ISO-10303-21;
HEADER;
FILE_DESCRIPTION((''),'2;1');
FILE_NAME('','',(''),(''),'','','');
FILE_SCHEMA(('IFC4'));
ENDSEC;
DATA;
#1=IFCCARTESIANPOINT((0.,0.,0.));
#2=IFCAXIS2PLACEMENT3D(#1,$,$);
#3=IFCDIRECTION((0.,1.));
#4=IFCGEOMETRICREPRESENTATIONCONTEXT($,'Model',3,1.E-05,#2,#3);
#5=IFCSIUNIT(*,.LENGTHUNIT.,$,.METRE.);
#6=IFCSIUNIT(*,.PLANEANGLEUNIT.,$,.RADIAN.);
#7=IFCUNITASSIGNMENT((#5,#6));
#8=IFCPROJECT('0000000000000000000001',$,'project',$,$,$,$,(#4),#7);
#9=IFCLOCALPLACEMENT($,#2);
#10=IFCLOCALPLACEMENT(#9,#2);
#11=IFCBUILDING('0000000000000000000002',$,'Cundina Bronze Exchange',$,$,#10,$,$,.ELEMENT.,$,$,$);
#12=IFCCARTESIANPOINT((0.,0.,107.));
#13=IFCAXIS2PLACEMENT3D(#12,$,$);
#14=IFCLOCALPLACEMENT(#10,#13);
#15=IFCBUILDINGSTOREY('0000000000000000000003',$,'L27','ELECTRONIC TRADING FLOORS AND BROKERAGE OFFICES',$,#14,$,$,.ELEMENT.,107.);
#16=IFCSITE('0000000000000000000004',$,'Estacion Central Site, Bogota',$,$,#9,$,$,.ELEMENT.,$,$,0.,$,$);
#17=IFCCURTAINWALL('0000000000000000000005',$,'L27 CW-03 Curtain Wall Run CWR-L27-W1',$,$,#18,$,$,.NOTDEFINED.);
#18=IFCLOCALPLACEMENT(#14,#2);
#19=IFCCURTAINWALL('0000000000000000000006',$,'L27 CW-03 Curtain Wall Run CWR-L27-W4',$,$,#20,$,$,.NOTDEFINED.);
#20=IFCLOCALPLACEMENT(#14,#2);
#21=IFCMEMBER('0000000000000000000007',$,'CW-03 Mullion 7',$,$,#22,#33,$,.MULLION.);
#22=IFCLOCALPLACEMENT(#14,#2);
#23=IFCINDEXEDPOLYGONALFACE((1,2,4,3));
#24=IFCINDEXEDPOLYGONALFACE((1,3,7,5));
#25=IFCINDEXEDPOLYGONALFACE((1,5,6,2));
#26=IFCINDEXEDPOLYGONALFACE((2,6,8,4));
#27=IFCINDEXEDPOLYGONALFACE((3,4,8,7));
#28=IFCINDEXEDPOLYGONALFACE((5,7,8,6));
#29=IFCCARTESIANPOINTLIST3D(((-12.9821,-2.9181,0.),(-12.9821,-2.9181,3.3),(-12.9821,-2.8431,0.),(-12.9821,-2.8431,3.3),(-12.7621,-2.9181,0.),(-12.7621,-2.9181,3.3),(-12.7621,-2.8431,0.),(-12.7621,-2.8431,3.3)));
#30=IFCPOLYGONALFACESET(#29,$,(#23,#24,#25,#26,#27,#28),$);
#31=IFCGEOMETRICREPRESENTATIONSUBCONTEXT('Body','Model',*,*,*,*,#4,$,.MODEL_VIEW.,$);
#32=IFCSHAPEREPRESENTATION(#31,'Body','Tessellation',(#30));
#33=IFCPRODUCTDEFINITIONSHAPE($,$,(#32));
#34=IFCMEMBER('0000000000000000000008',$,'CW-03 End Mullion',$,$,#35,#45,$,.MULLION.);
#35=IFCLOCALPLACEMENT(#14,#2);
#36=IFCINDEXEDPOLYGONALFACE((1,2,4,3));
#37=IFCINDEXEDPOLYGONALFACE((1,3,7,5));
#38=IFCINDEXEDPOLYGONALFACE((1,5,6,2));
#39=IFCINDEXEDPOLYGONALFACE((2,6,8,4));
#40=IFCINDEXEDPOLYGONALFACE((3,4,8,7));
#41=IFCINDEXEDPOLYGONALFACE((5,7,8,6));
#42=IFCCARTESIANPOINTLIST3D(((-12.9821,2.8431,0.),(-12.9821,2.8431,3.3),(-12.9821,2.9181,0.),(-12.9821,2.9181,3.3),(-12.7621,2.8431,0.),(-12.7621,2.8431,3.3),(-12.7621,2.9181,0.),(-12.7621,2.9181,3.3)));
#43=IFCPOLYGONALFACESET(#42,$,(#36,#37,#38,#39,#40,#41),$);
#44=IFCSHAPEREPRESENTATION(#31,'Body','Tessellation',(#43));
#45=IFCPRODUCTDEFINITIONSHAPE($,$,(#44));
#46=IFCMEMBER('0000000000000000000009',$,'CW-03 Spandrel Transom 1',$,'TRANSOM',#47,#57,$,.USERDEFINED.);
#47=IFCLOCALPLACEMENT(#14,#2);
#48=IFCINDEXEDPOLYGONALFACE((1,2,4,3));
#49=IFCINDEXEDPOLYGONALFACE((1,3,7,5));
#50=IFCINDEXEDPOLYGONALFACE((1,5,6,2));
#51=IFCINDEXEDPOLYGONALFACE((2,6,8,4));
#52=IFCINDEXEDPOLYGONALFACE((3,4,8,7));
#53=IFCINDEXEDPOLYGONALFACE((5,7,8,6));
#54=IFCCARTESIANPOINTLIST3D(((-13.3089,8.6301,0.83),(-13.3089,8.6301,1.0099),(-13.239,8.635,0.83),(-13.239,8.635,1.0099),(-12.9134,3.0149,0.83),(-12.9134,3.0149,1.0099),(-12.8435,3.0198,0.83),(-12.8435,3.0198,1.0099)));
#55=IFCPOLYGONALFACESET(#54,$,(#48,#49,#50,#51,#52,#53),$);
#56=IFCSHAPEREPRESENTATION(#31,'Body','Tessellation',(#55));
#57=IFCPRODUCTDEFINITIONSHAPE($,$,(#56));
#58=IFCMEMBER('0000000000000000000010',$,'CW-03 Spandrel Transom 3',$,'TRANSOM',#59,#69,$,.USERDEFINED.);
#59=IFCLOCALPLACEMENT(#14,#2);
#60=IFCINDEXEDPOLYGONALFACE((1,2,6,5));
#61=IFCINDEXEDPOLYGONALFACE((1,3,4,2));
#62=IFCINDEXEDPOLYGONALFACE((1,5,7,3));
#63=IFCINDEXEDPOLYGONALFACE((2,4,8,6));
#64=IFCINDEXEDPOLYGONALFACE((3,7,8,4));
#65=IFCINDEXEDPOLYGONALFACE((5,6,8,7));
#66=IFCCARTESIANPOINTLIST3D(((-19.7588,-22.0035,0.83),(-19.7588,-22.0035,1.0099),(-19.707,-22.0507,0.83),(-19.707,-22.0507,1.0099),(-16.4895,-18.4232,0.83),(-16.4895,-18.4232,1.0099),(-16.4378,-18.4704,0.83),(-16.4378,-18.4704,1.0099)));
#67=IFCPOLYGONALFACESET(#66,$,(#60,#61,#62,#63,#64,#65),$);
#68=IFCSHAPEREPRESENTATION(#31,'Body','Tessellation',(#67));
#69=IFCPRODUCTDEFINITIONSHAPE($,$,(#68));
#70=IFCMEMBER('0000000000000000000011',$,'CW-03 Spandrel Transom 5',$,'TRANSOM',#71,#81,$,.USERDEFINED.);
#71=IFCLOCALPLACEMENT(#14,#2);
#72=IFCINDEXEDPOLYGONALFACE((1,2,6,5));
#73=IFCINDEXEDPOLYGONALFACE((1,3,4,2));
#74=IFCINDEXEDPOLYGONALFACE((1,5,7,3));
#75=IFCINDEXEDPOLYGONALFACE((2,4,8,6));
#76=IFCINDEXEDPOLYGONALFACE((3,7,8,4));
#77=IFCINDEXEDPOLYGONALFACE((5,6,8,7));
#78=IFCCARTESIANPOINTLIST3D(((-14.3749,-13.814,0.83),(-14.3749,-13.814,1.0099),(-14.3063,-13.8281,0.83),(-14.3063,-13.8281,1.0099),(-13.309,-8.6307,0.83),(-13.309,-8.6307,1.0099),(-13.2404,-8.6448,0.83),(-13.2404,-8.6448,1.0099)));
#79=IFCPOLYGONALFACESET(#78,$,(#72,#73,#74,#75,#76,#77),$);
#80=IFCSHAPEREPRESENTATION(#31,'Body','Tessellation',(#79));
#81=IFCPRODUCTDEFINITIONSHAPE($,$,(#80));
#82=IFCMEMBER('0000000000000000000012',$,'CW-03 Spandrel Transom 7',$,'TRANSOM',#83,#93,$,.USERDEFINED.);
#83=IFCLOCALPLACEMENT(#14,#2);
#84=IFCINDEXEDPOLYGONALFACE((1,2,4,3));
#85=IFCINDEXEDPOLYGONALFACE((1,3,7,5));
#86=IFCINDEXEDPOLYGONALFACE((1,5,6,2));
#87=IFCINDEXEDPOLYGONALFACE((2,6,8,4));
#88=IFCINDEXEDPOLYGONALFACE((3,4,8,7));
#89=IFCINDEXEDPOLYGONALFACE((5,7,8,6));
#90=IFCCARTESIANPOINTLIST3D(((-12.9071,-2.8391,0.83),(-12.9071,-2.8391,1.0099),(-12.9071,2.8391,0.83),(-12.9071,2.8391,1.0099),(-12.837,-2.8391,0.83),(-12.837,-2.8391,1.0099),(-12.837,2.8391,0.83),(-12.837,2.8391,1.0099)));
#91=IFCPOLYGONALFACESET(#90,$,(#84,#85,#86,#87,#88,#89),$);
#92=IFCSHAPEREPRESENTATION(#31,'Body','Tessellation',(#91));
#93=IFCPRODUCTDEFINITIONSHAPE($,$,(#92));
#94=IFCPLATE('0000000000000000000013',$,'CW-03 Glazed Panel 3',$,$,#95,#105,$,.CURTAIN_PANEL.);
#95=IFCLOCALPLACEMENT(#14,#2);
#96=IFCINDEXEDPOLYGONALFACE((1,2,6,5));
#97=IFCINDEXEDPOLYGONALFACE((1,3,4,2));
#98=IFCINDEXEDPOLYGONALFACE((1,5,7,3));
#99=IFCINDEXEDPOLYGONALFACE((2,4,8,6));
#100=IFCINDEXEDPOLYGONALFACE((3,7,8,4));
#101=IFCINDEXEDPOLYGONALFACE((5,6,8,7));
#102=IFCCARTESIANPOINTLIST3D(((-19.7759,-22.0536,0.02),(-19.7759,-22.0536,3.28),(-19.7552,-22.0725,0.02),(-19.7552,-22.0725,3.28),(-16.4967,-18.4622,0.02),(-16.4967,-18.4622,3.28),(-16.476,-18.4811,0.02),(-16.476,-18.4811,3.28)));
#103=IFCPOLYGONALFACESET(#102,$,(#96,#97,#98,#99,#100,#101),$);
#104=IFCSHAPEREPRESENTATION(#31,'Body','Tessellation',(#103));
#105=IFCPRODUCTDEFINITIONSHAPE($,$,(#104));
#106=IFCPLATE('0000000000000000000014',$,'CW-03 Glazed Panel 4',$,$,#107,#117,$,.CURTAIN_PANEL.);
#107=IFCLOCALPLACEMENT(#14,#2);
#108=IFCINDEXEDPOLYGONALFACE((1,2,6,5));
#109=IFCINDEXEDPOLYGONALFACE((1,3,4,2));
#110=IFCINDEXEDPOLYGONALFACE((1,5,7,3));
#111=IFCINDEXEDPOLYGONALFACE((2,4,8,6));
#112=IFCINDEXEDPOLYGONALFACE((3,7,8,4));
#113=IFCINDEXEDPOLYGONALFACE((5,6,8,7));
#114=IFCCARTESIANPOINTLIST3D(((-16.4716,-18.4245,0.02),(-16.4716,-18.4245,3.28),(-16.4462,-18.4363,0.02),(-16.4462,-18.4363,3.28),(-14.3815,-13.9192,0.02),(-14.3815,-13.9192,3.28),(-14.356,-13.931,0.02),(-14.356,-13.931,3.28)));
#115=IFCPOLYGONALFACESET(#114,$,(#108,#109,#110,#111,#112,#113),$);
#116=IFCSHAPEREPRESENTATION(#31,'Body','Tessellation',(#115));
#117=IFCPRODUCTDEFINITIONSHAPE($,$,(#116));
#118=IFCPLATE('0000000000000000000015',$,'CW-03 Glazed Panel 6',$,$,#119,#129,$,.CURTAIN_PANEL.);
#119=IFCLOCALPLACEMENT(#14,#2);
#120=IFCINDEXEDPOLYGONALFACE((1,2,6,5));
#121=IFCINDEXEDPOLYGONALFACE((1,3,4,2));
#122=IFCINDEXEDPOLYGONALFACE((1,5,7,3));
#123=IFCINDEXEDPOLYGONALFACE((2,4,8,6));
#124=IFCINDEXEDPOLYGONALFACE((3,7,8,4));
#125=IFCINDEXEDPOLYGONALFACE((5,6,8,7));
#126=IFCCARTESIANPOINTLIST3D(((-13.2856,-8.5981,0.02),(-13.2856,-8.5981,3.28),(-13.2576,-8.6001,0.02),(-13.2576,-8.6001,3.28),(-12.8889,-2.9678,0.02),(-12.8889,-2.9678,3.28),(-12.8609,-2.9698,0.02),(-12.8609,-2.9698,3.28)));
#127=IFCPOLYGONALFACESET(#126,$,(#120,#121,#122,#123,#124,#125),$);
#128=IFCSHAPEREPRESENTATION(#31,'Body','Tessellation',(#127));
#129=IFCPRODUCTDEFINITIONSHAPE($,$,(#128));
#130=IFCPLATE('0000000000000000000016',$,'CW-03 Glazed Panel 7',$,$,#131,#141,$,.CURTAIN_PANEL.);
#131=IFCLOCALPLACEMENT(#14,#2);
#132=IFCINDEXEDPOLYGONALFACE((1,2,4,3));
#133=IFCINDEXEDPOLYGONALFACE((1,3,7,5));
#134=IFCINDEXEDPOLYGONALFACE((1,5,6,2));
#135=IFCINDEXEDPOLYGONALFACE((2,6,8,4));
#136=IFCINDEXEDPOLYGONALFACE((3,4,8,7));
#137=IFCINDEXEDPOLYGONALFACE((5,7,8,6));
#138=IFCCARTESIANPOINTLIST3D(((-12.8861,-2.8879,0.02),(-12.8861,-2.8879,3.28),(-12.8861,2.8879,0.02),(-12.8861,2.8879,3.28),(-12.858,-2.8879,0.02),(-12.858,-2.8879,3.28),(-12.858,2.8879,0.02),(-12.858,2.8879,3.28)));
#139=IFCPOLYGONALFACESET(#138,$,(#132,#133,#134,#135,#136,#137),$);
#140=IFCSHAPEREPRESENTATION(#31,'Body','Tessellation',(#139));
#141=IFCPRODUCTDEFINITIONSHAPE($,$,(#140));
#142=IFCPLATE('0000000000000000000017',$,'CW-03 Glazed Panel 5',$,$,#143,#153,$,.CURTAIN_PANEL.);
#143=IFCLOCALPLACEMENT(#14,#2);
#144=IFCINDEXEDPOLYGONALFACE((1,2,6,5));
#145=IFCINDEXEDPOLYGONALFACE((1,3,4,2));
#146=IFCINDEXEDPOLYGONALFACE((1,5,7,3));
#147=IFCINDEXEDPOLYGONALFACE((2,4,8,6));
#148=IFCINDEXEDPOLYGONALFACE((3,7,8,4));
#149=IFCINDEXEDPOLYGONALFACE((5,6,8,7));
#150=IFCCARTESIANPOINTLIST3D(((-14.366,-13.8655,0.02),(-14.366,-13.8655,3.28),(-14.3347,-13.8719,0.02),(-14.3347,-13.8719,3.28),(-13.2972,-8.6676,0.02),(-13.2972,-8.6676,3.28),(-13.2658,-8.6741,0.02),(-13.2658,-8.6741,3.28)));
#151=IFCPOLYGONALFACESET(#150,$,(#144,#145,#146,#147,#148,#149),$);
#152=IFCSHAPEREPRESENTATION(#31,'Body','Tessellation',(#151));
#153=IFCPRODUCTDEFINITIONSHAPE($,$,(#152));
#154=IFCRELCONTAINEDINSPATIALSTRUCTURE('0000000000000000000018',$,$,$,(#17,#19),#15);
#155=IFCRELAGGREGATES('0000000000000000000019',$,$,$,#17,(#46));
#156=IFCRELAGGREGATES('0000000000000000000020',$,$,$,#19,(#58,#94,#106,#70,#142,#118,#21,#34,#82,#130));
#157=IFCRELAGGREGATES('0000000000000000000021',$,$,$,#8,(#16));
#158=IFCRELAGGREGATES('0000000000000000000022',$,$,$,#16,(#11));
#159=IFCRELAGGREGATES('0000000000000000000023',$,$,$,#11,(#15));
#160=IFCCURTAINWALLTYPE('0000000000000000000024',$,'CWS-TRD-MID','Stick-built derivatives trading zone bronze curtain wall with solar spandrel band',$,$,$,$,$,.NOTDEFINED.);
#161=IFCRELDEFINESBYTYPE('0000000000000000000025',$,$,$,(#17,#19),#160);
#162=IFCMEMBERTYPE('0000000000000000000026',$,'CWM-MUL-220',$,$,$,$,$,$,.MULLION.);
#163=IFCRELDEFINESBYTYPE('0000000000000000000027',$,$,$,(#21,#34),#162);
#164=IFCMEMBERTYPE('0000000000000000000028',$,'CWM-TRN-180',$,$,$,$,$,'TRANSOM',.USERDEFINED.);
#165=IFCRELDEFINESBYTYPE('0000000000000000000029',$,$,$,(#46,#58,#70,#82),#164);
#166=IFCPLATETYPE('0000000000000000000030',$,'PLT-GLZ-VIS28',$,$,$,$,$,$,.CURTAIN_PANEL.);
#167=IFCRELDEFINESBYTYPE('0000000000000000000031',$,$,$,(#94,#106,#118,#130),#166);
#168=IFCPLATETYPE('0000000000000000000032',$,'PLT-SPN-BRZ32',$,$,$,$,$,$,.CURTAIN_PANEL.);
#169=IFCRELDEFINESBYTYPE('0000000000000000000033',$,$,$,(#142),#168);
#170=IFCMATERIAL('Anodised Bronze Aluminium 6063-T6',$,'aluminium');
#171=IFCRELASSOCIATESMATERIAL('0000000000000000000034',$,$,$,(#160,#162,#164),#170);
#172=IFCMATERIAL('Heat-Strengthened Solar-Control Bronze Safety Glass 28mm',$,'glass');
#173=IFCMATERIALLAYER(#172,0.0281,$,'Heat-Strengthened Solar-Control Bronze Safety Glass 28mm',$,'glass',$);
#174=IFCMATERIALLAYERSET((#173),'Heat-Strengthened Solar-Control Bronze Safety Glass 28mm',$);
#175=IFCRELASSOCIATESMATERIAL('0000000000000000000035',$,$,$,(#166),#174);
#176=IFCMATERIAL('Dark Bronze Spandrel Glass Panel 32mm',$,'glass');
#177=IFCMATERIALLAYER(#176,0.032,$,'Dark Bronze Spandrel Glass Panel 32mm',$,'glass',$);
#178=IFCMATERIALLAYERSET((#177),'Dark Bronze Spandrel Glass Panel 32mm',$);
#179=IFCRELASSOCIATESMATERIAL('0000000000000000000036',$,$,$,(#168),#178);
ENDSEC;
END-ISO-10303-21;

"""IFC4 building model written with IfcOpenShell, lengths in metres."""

from ifc_helpers import new_model, si_unit, direction, frame, origin, origin_2d, place, context, subcontext, project, spatial, rectangle, extrude, material, layer, layer_set, material_profile, profile_set, type_object, element, aggregate, save


model = new_model("IFC4")

# Units and contexts
model_context = context("Model", 3, precision=1e-05, world=origin(), true_north=direction((0.0, 1.0)))
body_context = subcontext(model_context, "Body", "Model", "MODEL_VIEW")
ifc_project = project(units=[si_unit("LENGTHUNIT", "METRE"), si_unit("PLANEANGLEUNIT", "RADIAN")], contexts=[model_context])

# Site, building, storey
site_placement = place(None, origin())
site = spatial("IfcSite", under=ifc_project, at=site_placement, Name="Estacion Central Site, Bogota", CompositionType="ELEMENT", RefElevation=0.0)
building_placement = place(site_placement, origin())
building = spatial("IfcBuilding", under=site, at=building_placement, Name="Cundina Bronze Exchange", CompositionType="ELEMENT")
storey_placement = place(building_placement, frame((0.0, 0.0, 107.0)))
storey = spatial("IfcBuildingStorey", under=building, at=storey_placement, Name="L27", Description="ELECTRONIC TRADING FLOORS AND BROKERAGE OFFICES", CompositionType="ELEMENT", Elevation=107.0)

# Curtain wall
ifc_material_1 = material(Name="Anodised Bronze Aluminium 6063-T6", Category="aluminium")
curtain_wall_type = type_object("IfcCurtainWallType", Name="CWS-TRD-MID", Description="Stick-built derivatives trading zone bronze curtain wall with solar spandrel band", PredefinedType="NOTDEFINED", material=ifc_material_1)
curtain_wall_1_placement = place(storey_placement, origin())
curtain_wall_1 = element("IfcCurtainWall", 1, at=curtain_wall_1_placement, inside=storey, type_object=curtain_wall_type, Name="L27 CW-03 Curtain Wall Run CWR-L27-W1", PredefinedType="NOTDEFINED")
ifc_material_profile_1 = material_profile(ifc_material_1, rectangle(XDim=0.075, YDim=0.22, at=origin_2d()), Name="AL75X220", Category="aluminium")
ifc_profile_set_1 = profile_set([ifc_material_profile_1], Name="Anodised Bronze Aluminium 6063-T6")
member_type_1 = type_object("IfcMemberType", Name="CWM-MUL-220", PredefinedType="MULLION", material=ifc_profile_set_1)

# Curtain wall, members
curtain_wall_2_placement = place(storey_placement, origin())
curtain_wall_2 = element("IfcCurtainWall", 2, at=curtain_wall_2_placement, inside=storey, type_object=curtain_wall_type, Name="L27 CW-03 Curtain Wall Run CWR-L27-W4", PredefinedType="NOTDEFINED")
member_1_placement = place(storey_placement, frame((-12.8721, -2.8806, 0.0), z_axis=(0.0, 0.0, 1.0), x_axis=(0.0, 1.0, 0.0)))
member_1 = element("IfcMember", 3, at=member_1_placement, type_object=member_type_1, Name="CW-03 Mullion 7", PredefinedType="MULLION", context=body_context, shape_type="SweptSolid", body=[
    extrude(rectangle(XDim=0.075, YDim=0.22, at=origin_2d()), origin(), (0.0, 0.0, 1.0), 3.3),
])
member_2_placement = place(storey_placement, frame((-12.8721, 2.8806, 0.0), z_axis=(0.0, 0.0, 1.0), x_axis=(0.0, 1.0, 0.0)))
member_2 = element("IfcMember", 4, at=member_2_placement, type_object=member_type_1, Name="CW-03 End Mullion", PredefinedType="MULLION", context=body_context, shape_type="SweptSolid", body=[
    extrude(rectangle(XDim=0.075, YDim=0.22, at=origin_2d()), origin(), (0.0, 0.0, 1.0), 3.3),
])

# Members
ifc_material_profile_2 = material_profile(ifc_material_1, rectangle(XDim=0.0701, YDim=0.1799, at=origin_2d()), Name="AL70X180", Category="aluminium")
ifc_profile_set_2 = profile_set([ifc_material_profile_2], Name="Anodised Bronze Aluminium 6063-T6")
member_type_2 = type_object("IfcMemberType", Name="CWM-TRN-180", ElementType="TRANSOM", PredefinedType="USERDEFINED", material=ifc_profile_set_2)
member_3_placement = place(storey_placement, frame((-12.8784, 3.0173, 0.9199), z_axis=(-0.070261, 0.997529, 0.0), x_axis=(-0.997529, -0.070261, 0.0)))
member_3 = element("IfcMember", 5, at=member_3_placement, type_object=member_type_2, Name="CW-03 Spandrel Transom 1", ObjectType="TRANSOM", PredefinedType="USERDEFINED", context=body_context, shape_type="SweptSolid", body=[
    extrude(rectangle(XDim=0.0701, YDim=0.1799, at=origin_2d()), origin(), (0.0, 0.0, 1.0), 5.6292),
])
aggregate(curtain_wall_1, [member_3])
member_4_placement = place(storey_placement, frame((-19.7329, -22.0271, 0.9199), z_axis=(0.674303, 0.738455, 0.0), x_axis=(-0.738455, 0.674303, 0.0)))
member_4 = element("IfcMember", 6, at=member_4_placement, type_object=member_type_2, Name="CW-03 Spandrel Transom 3", ObjectType="TRANSOM", PredefinedType="USERDEFINED", context=body_context, shape_type="SweptSolid", body=[
    extrude(rectangle(XDim=0.0701, YDim=0.1799, at=origin_2d()), origin(), (0.0, 0.0, 1.0), 4.8484),
])
member_5_placement = place(storey_placement, frame((-14.3406, -13.821, 0.9199), z_axis=(0.201428, 0.979503, 0.0), x_axis=(-0.979503, 0.201428, 0.0)))
member_5 = element("IfcMember", 7, at=member_5_placement, type_object=member_type_2, Name="CW-03 Spandrel Transom 5", ObjectType="TRANSOM", PredefinedType="USERDEFINED", context=body_context, shape_type="SweptSolid", body=[
    extrude(rectangle(XDim=0.0701, YDim=0.1799, at=origin_2d()), origin(), (0.0, 0.0, 1.0), 5.2917),
])
member_6_placement = place(storey_placement, frame((-12.8721, -2.8391, 0.9199), z_axis=(0.0, 1.0, 0.0), x_axis=(-1.0, 0.0, 0.0)))
member_6 = element("IfcMember", 8, at=member_6_placement, type_object=member_type_2, Name="CW-03 Spandrel Transom 7", ObjectType="TRANSOM", PredefinedType="USERDEFINED", context=body_context, shape_type="SweptSolid", body=[
    extrude(rectangle(XDim=0.0701, YDim=0.1799, at=origin_2d()), origin(), (0.0, 0.0, 1.0), 5.6782),
])

# Plates
ifc_material_2 = material(Name="Heat-Strengthened Solar-Control Bronze Safety Glass 28mm", Category="glass")
ifc_layer_1 = layer(ifc_material_2, 0.0281, Name="Heat-Strengthened Solar-Control Bronze Safety Glass 28mm", Category="glass")
ifc_layer_set_1 = layer_set([ifc_layer_1], Name="Heat-Strengthened Solar-Control Bronze Safety Glass 28mm")
plate_type_1 = type_object("IfcPlateType", Name="PLT-GLZ-VIS28", PredefinedType="CURTAIN_PANEL", material=ifc_layer_set_1)
plate_1_placement = place(storey_placement, frame((-18.126, -20.2673, 0.02), z_axis=(0.0, 0.0, 1.0), x_axis=(0.674277, 0.738479, 0.0)))
plate_1 = element("IfcPlate", 9, at=plate_1_placement, type_object=plate_type_1, Name="CW-03 Glazed Panel 3", PredefinedType="CURTAIN_PANEL", context=body_context, shape_type="SweptSolid", body=[
    extrude(rectangle(XDim=4.8633, YDim=0.0281, at=origin_2d()), origin(), (0.0, 0.0, 1.0), 3.26),
])
plate_2_placement = place(storey_placement, frame((-15.4138, -16.1777, 0.02), z_axis=(0.0, 0.0, 1.0), x_axis=(0.420846, 0.907132, 0.0)))
plate_2 = element("IfcPlate", 10, at=plate_2_placement, type_object=plate_type_1, Name="CW-03 Glazed Panel 4", PredefinedType="CURTAIN_PANEL", context=body_context, shape_type="SweptSolid", body=[
    extrude(rectangle(XDim=4.9666, YDim=0.0281, at=origin_2d()), origin(), (0.0, 0.0, 1.0), 3.26),
])
plate_3_placement = place(storey_placement, frame((-13.0732, -5.7839, 0.02), z_axis=(0.0, 0.0, 1.0), x_axis=(0.070279, 0.997527, 0.0)))
plate_3 = element("IfcPlate", 11, at=plate_3_placement, type_object=plate_type_1, Name="CW-03 Glazed Panel 6", PredefinedType="CURTAIN_PANEL", context=body_context, shape_type="SweptSolid", body=[
    extrude(rectangle(XDim=5.6443, YDim=0.0281, at=origin_2d()), origin(), (0.0, 0.0, 1.0), 3.26),
])
plate_4_placement = place(storey_placement, frame((-12.8721, 0.0, 0.02), z_axis=(0.0, 0.0, 1.0), x_axis=(0.0, 1.0, 0.0)))
plate_4 = element("IfcPlate", 12, at=plate_4_placement, type_object=plate_type_1, Name="CW-03 Glazed Panel 7", PredefinedType="CURTAIN_PANEL", context=body_context, shape_type="SweptSolid", body=[
    extrude(rectangle(XDim=5.7759, YDim=0.0281, at=origin_2d()), origin(), (0.0, 0.0, 1.0), 3.26),
])
ifc_material_3 = material(Name="Dark Bronze Spandrel Glass Panel 32mm", Category="glass")
ifc_layer_2 = layer(ifc_material_3, 0.032, Name="Dark Bronze Spandrel Glass Panel 32mm", Category="glass")
ifc_layer_set_2 = layer_set([ifc_layer_2], Name="Dark Bronze Spandrel Glass Panel 32mm")
plate_type_2 = type_object("IfcPlateType", Name="PLT-SPN-BRZ32", PredefinedType="CURTAIN_PANEL", material=ifc_layer_set_2)
plate_5_placement = place(storey_placement, frame((-13.8159, -11.2698, 0.02), z_axis=(0.0, 0.0, 1.0), x_axis=(0.20142, 0.979505, 0.0)))
plate_5 = element("IfcPlate", 13, at=plate_5_placement, type_object=plate_type_2, Name="CW-03 Glazed Panel 5", PredefinedType="CURTAIN_PANEL", context=body_context, shape_type="SweptSolid", body=[
    extrude(rectangle(XDim=5.3066, YDim=0.032, at=origin_2d()), origin(), (0.0, 0.0, 1.0), 3.26),
])
aggregate(curtain_wall_2, [member_4, plate_1, plate_2, member_5, plate_5, plate_3, member_1, member_2, member_6, plate_4])

save(model, "model.ifc")
